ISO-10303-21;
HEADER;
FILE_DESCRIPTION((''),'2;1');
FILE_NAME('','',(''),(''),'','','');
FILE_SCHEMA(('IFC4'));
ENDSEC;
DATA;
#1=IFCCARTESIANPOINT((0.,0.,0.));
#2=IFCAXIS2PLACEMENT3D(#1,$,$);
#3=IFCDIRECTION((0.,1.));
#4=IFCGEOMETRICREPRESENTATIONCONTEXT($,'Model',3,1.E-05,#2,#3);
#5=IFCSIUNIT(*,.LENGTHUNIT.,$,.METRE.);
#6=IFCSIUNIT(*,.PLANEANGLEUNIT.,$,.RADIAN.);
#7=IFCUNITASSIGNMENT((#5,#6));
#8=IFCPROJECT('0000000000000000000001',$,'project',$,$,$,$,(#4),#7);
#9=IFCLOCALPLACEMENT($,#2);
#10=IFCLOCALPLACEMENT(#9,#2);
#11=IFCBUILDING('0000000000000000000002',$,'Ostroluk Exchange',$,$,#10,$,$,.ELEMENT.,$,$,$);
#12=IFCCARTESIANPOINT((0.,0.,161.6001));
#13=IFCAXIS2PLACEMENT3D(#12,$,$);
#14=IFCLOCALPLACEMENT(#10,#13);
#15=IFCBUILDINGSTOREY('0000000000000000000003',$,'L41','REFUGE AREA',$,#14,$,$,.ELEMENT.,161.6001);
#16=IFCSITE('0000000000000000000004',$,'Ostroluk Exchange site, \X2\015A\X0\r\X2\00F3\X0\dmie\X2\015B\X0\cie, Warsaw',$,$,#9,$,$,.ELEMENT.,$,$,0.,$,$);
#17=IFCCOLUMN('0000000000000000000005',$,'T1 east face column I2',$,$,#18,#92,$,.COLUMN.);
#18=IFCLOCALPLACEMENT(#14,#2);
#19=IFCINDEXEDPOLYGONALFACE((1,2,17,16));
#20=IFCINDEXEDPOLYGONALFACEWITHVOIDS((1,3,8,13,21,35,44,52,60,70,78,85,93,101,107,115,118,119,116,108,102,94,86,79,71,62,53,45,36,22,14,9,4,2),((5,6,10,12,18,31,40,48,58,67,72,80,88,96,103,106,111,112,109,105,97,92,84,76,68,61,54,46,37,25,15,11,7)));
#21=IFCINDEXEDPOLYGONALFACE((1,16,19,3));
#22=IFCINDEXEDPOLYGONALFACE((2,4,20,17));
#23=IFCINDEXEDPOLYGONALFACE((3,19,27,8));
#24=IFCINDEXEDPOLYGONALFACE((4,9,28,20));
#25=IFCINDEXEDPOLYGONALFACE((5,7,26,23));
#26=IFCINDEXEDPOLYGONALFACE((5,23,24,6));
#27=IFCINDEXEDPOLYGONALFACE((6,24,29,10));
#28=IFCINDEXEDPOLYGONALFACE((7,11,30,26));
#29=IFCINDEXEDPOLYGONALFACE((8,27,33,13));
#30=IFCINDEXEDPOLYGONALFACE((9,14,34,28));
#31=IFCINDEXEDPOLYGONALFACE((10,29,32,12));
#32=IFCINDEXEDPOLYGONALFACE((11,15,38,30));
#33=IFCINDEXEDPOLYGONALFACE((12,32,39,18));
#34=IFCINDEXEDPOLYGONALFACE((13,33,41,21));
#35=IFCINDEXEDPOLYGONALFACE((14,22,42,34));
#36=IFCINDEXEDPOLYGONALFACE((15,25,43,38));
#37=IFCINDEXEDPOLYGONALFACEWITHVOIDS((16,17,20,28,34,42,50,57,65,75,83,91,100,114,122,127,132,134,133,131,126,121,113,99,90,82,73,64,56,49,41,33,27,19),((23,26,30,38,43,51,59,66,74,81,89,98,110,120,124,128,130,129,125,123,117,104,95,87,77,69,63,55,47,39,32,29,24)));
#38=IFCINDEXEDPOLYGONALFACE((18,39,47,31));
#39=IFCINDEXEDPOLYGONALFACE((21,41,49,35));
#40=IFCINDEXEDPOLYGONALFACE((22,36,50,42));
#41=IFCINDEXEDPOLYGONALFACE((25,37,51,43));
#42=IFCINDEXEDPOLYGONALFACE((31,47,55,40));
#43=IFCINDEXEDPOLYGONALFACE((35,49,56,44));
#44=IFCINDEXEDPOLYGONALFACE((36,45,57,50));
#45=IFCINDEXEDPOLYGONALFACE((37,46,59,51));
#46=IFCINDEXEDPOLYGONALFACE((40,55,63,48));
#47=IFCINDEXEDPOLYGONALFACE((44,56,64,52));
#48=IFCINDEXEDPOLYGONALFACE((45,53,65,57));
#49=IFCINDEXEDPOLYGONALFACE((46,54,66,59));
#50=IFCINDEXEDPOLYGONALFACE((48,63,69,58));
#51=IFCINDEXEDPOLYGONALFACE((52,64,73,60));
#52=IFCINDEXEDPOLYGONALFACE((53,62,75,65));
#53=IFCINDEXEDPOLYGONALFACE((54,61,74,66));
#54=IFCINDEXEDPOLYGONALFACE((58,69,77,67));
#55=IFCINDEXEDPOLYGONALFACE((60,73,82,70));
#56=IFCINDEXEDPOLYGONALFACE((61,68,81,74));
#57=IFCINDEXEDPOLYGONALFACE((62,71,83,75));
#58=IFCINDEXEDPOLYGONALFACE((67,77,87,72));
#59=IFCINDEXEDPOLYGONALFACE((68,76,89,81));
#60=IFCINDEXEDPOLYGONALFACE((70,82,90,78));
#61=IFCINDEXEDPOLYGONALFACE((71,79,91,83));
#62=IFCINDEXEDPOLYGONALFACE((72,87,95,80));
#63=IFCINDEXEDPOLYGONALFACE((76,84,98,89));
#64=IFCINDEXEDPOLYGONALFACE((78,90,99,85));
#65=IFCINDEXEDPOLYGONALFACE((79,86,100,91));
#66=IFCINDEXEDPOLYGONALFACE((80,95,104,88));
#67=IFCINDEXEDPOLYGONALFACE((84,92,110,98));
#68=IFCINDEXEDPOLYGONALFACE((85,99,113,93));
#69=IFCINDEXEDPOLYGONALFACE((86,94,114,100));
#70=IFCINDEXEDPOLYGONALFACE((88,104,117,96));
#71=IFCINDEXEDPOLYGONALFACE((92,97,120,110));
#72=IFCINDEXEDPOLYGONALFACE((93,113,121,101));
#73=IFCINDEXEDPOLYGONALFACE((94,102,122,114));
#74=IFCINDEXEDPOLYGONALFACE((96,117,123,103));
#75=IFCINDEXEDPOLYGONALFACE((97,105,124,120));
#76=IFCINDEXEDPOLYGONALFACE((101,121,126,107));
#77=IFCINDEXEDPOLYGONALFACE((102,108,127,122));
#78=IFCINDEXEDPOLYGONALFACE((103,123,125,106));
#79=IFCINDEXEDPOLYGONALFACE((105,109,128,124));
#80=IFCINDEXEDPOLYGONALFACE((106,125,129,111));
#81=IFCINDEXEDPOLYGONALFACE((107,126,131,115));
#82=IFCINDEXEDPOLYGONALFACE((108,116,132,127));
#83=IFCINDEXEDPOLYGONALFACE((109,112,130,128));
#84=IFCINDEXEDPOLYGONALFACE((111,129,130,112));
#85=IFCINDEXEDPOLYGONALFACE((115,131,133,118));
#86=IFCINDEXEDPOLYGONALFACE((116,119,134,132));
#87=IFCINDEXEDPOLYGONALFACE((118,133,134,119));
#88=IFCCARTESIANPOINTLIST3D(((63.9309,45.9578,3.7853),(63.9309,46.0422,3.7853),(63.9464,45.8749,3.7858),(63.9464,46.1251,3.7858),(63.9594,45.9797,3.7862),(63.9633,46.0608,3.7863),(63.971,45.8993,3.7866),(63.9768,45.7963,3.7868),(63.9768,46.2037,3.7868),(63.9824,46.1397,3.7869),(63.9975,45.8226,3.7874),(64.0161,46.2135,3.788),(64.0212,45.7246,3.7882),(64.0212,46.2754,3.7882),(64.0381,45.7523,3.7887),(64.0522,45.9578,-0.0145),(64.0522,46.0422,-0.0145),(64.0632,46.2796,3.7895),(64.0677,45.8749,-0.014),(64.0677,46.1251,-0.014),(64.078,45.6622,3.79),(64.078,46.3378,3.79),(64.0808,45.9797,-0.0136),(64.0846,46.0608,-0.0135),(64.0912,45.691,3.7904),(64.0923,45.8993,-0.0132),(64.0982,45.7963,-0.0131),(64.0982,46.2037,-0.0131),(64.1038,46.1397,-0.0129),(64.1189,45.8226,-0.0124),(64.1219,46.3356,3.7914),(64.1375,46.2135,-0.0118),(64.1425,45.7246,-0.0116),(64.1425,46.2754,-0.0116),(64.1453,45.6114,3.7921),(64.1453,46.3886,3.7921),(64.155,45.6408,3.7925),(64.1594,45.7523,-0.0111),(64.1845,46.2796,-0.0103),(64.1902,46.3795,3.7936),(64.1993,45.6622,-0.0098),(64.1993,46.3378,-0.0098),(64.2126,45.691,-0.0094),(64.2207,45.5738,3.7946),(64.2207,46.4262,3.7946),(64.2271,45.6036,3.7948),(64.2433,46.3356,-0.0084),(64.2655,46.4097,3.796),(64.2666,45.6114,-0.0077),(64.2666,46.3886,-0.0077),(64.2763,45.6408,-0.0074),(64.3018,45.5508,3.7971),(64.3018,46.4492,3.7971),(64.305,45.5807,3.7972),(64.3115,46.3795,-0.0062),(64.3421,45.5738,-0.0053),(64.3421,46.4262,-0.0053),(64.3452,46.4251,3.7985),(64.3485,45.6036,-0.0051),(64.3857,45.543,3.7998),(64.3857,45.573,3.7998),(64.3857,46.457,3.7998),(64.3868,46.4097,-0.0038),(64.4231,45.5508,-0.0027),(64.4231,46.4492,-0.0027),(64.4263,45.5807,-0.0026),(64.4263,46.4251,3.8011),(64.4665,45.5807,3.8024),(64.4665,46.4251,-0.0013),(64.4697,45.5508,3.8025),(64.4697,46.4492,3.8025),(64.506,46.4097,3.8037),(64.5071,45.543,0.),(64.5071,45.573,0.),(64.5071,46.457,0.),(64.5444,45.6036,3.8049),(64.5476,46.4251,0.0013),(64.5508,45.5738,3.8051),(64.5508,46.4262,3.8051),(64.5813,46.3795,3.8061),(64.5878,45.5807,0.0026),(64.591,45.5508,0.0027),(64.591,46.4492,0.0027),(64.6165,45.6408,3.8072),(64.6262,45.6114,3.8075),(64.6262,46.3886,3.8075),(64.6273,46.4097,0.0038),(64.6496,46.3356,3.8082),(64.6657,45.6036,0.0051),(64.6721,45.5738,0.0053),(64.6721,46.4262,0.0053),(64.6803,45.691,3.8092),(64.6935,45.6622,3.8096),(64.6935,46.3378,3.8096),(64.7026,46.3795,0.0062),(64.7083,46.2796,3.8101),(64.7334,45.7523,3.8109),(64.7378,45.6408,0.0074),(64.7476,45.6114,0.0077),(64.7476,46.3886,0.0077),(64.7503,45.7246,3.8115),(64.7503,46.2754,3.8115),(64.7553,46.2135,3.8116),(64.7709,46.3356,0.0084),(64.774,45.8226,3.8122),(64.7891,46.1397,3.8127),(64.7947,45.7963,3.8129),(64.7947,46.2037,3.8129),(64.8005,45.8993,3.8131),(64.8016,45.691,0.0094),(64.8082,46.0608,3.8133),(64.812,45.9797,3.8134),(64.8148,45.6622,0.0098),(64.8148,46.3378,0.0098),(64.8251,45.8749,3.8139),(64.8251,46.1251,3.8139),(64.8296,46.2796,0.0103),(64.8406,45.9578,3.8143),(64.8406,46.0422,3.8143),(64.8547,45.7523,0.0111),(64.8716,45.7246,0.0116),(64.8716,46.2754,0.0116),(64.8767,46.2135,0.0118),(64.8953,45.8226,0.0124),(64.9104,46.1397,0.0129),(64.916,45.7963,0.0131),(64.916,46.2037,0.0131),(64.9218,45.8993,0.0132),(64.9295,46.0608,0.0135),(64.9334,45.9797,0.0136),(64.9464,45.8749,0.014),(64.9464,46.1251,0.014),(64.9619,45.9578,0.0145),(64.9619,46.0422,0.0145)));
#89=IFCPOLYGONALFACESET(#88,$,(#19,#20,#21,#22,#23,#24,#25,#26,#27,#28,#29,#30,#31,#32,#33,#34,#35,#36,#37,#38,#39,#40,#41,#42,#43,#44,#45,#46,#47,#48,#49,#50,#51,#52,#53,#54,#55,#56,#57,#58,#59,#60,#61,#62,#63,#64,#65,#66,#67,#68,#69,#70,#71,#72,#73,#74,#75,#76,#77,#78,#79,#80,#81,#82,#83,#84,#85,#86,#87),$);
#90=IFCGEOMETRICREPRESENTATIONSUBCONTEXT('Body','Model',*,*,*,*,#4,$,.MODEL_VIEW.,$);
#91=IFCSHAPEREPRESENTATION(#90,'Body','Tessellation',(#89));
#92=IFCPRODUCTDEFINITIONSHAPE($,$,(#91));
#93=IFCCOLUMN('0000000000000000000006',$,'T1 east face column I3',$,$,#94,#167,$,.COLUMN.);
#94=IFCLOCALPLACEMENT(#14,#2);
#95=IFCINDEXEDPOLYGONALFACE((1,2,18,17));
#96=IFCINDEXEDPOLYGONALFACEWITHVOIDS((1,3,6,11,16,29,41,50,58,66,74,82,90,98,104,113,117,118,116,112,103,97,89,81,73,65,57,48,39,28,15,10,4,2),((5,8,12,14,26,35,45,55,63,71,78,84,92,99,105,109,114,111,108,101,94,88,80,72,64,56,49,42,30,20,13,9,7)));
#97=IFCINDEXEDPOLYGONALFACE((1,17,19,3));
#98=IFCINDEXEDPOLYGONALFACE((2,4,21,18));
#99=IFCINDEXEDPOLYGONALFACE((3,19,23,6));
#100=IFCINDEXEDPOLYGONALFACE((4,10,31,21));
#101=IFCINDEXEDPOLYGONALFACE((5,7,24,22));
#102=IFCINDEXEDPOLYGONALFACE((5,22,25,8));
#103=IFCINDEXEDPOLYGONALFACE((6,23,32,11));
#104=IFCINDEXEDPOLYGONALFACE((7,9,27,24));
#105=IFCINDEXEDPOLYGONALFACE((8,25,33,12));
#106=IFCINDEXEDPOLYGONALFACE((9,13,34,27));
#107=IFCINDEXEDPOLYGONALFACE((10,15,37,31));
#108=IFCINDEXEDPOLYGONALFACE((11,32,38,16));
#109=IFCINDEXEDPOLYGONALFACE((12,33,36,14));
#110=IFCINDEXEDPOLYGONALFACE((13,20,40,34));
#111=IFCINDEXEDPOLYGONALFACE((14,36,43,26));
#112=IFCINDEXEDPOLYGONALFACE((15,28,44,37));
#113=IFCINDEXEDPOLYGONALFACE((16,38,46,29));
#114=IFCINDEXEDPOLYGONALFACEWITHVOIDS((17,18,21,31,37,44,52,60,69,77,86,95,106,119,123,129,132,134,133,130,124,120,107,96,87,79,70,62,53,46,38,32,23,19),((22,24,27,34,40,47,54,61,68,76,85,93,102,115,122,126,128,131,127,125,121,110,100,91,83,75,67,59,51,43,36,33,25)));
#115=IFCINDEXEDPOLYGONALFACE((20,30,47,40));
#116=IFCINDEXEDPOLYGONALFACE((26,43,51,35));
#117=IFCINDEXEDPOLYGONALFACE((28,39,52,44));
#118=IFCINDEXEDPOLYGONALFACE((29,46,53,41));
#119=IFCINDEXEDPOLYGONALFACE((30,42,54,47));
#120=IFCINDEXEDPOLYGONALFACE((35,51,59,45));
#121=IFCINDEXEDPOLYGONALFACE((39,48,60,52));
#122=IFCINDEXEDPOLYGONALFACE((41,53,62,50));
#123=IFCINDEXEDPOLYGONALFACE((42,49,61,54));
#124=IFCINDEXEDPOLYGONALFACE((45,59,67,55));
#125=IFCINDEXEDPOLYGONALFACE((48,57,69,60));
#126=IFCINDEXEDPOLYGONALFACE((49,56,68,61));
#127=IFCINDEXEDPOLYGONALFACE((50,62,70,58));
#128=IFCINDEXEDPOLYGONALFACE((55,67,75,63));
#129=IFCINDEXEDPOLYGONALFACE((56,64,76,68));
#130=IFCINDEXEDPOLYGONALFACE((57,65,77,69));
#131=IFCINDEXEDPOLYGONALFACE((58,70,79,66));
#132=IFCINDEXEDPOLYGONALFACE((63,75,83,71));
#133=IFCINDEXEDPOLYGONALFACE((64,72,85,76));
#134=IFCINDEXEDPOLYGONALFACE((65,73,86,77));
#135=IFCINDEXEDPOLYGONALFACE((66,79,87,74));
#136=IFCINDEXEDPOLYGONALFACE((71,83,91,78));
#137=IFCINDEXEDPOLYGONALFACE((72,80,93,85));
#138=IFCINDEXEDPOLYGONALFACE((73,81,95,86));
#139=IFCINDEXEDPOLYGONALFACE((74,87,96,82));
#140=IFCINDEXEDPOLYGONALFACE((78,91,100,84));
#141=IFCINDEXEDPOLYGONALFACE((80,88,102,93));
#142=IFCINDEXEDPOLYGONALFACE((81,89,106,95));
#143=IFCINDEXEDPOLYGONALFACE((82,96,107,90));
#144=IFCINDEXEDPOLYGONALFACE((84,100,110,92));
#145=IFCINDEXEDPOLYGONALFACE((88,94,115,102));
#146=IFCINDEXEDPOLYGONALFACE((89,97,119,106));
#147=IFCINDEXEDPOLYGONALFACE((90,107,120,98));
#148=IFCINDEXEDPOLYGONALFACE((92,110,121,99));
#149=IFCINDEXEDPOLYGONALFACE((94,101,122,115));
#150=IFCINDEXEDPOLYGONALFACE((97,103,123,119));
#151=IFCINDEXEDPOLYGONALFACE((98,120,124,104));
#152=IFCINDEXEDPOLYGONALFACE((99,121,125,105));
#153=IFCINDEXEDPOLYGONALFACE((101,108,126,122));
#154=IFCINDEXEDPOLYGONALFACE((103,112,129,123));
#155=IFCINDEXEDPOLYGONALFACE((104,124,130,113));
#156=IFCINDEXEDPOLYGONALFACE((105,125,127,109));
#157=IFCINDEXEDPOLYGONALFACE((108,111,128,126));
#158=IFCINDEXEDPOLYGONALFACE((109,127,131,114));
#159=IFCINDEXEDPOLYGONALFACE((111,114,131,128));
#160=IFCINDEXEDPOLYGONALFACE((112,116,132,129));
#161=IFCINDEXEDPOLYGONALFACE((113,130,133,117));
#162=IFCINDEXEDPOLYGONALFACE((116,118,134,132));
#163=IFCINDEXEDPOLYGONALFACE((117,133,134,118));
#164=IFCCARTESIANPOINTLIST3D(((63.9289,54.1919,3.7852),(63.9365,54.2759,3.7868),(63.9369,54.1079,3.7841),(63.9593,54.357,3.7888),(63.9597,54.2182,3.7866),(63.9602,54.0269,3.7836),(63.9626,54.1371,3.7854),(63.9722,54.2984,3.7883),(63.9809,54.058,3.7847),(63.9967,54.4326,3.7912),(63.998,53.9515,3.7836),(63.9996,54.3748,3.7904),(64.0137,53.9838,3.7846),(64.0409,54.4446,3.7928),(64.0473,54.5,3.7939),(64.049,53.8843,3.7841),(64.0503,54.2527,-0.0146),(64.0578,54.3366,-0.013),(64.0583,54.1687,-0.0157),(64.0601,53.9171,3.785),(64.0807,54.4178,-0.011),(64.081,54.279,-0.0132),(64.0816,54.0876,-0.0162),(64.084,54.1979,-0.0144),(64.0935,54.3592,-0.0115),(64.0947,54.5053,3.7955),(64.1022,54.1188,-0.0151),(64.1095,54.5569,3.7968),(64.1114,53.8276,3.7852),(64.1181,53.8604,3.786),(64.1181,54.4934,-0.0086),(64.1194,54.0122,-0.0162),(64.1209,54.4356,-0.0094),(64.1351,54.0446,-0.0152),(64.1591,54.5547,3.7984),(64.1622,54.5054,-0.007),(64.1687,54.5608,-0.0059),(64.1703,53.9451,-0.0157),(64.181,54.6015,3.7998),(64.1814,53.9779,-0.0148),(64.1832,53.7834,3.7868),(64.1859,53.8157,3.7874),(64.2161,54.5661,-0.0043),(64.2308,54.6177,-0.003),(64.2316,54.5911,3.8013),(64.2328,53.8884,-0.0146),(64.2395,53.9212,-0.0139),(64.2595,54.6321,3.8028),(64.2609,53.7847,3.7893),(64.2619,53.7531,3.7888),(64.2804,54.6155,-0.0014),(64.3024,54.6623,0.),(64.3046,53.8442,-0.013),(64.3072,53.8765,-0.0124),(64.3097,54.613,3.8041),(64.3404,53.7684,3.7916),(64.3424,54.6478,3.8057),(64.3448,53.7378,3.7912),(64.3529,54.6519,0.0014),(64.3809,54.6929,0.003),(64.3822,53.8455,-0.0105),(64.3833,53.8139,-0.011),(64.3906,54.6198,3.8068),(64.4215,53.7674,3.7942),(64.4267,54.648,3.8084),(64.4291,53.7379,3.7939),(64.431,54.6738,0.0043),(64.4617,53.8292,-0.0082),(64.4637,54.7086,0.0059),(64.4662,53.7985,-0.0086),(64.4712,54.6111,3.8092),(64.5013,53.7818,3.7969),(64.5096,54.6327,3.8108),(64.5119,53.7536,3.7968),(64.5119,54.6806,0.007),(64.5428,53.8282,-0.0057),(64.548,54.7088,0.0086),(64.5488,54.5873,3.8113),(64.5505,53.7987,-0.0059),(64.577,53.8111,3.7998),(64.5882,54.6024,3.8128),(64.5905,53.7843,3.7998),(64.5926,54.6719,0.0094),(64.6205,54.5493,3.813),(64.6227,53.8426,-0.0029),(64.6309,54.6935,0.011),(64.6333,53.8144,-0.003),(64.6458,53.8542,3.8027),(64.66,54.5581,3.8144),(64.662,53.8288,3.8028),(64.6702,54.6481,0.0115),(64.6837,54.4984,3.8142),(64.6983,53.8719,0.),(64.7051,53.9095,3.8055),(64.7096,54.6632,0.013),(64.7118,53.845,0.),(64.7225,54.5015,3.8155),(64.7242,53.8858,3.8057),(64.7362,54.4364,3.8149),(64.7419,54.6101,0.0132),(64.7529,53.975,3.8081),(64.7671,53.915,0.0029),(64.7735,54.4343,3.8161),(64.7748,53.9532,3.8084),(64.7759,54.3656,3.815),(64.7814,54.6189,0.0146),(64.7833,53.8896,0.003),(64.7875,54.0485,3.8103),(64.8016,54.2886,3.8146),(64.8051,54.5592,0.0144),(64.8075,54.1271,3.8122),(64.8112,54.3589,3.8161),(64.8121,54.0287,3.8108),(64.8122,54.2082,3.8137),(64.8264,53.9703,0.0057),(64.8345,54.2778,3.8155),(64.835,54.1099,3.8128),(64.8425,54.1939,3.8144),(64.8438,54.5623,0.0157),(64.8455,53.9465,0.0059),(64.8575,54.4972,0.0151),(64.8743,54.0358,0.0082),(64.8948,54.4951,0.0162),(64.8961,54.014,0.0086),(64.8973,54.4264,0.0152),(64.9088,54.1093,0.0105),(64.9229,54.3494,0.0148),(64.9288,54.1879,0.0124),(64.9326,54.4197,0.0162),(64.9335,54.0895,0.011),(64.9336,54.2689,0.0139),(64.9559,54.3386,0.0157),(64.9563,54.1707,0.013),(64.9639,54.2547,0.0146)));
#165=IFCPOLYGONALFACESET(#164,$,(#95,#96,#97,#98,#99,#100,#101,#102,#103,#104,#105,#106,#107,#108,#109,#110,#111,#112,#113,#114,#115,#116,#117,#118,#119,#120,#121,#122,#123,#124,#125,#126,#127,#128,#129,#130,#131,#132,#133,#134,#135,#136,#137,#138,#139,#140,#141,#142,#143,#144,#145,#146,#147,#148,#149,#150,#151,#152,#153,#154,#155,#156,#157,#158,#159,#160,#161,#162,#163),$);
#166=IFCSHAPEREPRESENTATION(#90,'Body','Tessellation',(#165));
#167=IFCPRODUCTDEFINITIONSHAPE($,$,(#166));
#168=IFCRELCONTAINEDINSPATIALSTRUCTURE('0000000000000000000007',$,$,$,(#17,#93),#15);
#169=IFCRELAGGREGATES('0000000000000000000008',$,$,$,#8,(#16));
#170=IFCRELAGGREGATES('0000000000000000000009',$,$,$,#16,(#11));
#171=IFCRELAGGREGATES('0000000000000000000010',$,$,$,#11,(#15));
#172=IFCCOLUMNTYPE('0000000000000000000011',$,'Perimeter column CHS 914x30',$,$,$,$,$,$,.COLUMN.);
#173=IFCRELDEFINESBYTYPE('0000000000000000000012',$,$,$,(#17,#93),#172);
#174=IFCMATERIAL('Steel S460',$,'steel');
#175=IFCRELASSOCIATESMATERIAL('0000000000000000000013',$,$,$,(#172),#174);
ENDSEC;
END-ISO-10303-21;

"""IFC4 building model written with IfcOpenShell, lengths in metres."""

from ifc_helpers import new_model, si_unit, direction, frame, origin, origin_2d, place, context, subcontext, project, spatial, hollow_circle, extrude, material, material_profile, profile_set, type_object, element, save


model = new_model("IFC4")

# Units and contexts
model_context = context("Model", 3, precision=1e-05, world=origin(), true_north=direction((0.0, 1.0)))
body_context = subcontext(model_context, "Body", "Model", "MODEL_VIEW")
ifc_project = project(units=[si_unit("LENGTHUNIT", "METRE"), si_unit("PLANEANGLEUNIT", "RADIAN")], contexts=[model_context])

# Site, building, storey
site_placement = place(None, origin())
site = spatial("IfcSite", under=ifc_project, at=site_placement, Name="Ostroluk Exchange site, Śródmieście, Warsaw", CompositionType="ELEMENT", RefElevation=0.0)
building_placement = place(site_placement, origin())
building = spatial("IfcBuilding", under=site, at=building_placement, Name="Ostroluk Exchange", CompositionType="ELEMENT")
storey_placement = place(building_placement, frame((0.0, 0.0, 161.6001)))
storey = spatial("IfcBuildingStorey", under=building, at=storey_placement, Name="L41", Description="REFUGE AREA", CompositionType="ELEMENT", Elevation=161.6001)

# Columns
ifc_material_1 = material(Name="Steel S460", Category="steel")
ifc_material_profile_1 = material_profile(ifc_material_1, hollow_circle(Radius=0.457, WallThickness=0.03, at=origin_2d()), Name="CHS 914x30")
ifc_profile_set_1 = profile_set([ifc_material_profile_1], Name="Steel S460")
column_type = type_object("IfcColumnType", Name="Perimeter column CHS 914x30", PredefinedType="COLUMN", material=ifc_profile_set_1)
column_1_placement = place(storey_placement, frame((64.5071, 46.0, 0.0), z_axis=(-0.031916, 0.0, 0.999491), x_axis=(0.0, -1.0, 0.0)))
element("IfcColumn", 1, at=column_1_placement, inside=storey, type_object=column_type, Name="T1 east face column I2", PredefinedType="COLUMN", context=body_context, shape_type="SweptSolid", body=[
    extrude(hollow_circle(Radius=0.457, WallThickness=0.03, at=origin_2d()), origin(), (0.0, 0.0, 1.0), 3.8018),
])
column_2_placement = place(storey_placement, frame((64.5071, 54.2537, 0.0), z_axis=(-0.031912, -0.015988, 0.999363), x_axis=(0.447933, -0.894067, 0.0)))
element("IfcColumn", 2, at=column_2_placement, inside=storey, type_object=column_type, Name="T1 east face column I3", PredefinedType="COLUMN", context=body_context, shape_type="SweptSolid", body=[
    extrude(hollow_circle(Radius=0.457, WallThickness=0.03, at=origin_2d()), origin(), (0.0, 0.0, 1.0), 3.8022),
])

save(model, "model.ifc")
